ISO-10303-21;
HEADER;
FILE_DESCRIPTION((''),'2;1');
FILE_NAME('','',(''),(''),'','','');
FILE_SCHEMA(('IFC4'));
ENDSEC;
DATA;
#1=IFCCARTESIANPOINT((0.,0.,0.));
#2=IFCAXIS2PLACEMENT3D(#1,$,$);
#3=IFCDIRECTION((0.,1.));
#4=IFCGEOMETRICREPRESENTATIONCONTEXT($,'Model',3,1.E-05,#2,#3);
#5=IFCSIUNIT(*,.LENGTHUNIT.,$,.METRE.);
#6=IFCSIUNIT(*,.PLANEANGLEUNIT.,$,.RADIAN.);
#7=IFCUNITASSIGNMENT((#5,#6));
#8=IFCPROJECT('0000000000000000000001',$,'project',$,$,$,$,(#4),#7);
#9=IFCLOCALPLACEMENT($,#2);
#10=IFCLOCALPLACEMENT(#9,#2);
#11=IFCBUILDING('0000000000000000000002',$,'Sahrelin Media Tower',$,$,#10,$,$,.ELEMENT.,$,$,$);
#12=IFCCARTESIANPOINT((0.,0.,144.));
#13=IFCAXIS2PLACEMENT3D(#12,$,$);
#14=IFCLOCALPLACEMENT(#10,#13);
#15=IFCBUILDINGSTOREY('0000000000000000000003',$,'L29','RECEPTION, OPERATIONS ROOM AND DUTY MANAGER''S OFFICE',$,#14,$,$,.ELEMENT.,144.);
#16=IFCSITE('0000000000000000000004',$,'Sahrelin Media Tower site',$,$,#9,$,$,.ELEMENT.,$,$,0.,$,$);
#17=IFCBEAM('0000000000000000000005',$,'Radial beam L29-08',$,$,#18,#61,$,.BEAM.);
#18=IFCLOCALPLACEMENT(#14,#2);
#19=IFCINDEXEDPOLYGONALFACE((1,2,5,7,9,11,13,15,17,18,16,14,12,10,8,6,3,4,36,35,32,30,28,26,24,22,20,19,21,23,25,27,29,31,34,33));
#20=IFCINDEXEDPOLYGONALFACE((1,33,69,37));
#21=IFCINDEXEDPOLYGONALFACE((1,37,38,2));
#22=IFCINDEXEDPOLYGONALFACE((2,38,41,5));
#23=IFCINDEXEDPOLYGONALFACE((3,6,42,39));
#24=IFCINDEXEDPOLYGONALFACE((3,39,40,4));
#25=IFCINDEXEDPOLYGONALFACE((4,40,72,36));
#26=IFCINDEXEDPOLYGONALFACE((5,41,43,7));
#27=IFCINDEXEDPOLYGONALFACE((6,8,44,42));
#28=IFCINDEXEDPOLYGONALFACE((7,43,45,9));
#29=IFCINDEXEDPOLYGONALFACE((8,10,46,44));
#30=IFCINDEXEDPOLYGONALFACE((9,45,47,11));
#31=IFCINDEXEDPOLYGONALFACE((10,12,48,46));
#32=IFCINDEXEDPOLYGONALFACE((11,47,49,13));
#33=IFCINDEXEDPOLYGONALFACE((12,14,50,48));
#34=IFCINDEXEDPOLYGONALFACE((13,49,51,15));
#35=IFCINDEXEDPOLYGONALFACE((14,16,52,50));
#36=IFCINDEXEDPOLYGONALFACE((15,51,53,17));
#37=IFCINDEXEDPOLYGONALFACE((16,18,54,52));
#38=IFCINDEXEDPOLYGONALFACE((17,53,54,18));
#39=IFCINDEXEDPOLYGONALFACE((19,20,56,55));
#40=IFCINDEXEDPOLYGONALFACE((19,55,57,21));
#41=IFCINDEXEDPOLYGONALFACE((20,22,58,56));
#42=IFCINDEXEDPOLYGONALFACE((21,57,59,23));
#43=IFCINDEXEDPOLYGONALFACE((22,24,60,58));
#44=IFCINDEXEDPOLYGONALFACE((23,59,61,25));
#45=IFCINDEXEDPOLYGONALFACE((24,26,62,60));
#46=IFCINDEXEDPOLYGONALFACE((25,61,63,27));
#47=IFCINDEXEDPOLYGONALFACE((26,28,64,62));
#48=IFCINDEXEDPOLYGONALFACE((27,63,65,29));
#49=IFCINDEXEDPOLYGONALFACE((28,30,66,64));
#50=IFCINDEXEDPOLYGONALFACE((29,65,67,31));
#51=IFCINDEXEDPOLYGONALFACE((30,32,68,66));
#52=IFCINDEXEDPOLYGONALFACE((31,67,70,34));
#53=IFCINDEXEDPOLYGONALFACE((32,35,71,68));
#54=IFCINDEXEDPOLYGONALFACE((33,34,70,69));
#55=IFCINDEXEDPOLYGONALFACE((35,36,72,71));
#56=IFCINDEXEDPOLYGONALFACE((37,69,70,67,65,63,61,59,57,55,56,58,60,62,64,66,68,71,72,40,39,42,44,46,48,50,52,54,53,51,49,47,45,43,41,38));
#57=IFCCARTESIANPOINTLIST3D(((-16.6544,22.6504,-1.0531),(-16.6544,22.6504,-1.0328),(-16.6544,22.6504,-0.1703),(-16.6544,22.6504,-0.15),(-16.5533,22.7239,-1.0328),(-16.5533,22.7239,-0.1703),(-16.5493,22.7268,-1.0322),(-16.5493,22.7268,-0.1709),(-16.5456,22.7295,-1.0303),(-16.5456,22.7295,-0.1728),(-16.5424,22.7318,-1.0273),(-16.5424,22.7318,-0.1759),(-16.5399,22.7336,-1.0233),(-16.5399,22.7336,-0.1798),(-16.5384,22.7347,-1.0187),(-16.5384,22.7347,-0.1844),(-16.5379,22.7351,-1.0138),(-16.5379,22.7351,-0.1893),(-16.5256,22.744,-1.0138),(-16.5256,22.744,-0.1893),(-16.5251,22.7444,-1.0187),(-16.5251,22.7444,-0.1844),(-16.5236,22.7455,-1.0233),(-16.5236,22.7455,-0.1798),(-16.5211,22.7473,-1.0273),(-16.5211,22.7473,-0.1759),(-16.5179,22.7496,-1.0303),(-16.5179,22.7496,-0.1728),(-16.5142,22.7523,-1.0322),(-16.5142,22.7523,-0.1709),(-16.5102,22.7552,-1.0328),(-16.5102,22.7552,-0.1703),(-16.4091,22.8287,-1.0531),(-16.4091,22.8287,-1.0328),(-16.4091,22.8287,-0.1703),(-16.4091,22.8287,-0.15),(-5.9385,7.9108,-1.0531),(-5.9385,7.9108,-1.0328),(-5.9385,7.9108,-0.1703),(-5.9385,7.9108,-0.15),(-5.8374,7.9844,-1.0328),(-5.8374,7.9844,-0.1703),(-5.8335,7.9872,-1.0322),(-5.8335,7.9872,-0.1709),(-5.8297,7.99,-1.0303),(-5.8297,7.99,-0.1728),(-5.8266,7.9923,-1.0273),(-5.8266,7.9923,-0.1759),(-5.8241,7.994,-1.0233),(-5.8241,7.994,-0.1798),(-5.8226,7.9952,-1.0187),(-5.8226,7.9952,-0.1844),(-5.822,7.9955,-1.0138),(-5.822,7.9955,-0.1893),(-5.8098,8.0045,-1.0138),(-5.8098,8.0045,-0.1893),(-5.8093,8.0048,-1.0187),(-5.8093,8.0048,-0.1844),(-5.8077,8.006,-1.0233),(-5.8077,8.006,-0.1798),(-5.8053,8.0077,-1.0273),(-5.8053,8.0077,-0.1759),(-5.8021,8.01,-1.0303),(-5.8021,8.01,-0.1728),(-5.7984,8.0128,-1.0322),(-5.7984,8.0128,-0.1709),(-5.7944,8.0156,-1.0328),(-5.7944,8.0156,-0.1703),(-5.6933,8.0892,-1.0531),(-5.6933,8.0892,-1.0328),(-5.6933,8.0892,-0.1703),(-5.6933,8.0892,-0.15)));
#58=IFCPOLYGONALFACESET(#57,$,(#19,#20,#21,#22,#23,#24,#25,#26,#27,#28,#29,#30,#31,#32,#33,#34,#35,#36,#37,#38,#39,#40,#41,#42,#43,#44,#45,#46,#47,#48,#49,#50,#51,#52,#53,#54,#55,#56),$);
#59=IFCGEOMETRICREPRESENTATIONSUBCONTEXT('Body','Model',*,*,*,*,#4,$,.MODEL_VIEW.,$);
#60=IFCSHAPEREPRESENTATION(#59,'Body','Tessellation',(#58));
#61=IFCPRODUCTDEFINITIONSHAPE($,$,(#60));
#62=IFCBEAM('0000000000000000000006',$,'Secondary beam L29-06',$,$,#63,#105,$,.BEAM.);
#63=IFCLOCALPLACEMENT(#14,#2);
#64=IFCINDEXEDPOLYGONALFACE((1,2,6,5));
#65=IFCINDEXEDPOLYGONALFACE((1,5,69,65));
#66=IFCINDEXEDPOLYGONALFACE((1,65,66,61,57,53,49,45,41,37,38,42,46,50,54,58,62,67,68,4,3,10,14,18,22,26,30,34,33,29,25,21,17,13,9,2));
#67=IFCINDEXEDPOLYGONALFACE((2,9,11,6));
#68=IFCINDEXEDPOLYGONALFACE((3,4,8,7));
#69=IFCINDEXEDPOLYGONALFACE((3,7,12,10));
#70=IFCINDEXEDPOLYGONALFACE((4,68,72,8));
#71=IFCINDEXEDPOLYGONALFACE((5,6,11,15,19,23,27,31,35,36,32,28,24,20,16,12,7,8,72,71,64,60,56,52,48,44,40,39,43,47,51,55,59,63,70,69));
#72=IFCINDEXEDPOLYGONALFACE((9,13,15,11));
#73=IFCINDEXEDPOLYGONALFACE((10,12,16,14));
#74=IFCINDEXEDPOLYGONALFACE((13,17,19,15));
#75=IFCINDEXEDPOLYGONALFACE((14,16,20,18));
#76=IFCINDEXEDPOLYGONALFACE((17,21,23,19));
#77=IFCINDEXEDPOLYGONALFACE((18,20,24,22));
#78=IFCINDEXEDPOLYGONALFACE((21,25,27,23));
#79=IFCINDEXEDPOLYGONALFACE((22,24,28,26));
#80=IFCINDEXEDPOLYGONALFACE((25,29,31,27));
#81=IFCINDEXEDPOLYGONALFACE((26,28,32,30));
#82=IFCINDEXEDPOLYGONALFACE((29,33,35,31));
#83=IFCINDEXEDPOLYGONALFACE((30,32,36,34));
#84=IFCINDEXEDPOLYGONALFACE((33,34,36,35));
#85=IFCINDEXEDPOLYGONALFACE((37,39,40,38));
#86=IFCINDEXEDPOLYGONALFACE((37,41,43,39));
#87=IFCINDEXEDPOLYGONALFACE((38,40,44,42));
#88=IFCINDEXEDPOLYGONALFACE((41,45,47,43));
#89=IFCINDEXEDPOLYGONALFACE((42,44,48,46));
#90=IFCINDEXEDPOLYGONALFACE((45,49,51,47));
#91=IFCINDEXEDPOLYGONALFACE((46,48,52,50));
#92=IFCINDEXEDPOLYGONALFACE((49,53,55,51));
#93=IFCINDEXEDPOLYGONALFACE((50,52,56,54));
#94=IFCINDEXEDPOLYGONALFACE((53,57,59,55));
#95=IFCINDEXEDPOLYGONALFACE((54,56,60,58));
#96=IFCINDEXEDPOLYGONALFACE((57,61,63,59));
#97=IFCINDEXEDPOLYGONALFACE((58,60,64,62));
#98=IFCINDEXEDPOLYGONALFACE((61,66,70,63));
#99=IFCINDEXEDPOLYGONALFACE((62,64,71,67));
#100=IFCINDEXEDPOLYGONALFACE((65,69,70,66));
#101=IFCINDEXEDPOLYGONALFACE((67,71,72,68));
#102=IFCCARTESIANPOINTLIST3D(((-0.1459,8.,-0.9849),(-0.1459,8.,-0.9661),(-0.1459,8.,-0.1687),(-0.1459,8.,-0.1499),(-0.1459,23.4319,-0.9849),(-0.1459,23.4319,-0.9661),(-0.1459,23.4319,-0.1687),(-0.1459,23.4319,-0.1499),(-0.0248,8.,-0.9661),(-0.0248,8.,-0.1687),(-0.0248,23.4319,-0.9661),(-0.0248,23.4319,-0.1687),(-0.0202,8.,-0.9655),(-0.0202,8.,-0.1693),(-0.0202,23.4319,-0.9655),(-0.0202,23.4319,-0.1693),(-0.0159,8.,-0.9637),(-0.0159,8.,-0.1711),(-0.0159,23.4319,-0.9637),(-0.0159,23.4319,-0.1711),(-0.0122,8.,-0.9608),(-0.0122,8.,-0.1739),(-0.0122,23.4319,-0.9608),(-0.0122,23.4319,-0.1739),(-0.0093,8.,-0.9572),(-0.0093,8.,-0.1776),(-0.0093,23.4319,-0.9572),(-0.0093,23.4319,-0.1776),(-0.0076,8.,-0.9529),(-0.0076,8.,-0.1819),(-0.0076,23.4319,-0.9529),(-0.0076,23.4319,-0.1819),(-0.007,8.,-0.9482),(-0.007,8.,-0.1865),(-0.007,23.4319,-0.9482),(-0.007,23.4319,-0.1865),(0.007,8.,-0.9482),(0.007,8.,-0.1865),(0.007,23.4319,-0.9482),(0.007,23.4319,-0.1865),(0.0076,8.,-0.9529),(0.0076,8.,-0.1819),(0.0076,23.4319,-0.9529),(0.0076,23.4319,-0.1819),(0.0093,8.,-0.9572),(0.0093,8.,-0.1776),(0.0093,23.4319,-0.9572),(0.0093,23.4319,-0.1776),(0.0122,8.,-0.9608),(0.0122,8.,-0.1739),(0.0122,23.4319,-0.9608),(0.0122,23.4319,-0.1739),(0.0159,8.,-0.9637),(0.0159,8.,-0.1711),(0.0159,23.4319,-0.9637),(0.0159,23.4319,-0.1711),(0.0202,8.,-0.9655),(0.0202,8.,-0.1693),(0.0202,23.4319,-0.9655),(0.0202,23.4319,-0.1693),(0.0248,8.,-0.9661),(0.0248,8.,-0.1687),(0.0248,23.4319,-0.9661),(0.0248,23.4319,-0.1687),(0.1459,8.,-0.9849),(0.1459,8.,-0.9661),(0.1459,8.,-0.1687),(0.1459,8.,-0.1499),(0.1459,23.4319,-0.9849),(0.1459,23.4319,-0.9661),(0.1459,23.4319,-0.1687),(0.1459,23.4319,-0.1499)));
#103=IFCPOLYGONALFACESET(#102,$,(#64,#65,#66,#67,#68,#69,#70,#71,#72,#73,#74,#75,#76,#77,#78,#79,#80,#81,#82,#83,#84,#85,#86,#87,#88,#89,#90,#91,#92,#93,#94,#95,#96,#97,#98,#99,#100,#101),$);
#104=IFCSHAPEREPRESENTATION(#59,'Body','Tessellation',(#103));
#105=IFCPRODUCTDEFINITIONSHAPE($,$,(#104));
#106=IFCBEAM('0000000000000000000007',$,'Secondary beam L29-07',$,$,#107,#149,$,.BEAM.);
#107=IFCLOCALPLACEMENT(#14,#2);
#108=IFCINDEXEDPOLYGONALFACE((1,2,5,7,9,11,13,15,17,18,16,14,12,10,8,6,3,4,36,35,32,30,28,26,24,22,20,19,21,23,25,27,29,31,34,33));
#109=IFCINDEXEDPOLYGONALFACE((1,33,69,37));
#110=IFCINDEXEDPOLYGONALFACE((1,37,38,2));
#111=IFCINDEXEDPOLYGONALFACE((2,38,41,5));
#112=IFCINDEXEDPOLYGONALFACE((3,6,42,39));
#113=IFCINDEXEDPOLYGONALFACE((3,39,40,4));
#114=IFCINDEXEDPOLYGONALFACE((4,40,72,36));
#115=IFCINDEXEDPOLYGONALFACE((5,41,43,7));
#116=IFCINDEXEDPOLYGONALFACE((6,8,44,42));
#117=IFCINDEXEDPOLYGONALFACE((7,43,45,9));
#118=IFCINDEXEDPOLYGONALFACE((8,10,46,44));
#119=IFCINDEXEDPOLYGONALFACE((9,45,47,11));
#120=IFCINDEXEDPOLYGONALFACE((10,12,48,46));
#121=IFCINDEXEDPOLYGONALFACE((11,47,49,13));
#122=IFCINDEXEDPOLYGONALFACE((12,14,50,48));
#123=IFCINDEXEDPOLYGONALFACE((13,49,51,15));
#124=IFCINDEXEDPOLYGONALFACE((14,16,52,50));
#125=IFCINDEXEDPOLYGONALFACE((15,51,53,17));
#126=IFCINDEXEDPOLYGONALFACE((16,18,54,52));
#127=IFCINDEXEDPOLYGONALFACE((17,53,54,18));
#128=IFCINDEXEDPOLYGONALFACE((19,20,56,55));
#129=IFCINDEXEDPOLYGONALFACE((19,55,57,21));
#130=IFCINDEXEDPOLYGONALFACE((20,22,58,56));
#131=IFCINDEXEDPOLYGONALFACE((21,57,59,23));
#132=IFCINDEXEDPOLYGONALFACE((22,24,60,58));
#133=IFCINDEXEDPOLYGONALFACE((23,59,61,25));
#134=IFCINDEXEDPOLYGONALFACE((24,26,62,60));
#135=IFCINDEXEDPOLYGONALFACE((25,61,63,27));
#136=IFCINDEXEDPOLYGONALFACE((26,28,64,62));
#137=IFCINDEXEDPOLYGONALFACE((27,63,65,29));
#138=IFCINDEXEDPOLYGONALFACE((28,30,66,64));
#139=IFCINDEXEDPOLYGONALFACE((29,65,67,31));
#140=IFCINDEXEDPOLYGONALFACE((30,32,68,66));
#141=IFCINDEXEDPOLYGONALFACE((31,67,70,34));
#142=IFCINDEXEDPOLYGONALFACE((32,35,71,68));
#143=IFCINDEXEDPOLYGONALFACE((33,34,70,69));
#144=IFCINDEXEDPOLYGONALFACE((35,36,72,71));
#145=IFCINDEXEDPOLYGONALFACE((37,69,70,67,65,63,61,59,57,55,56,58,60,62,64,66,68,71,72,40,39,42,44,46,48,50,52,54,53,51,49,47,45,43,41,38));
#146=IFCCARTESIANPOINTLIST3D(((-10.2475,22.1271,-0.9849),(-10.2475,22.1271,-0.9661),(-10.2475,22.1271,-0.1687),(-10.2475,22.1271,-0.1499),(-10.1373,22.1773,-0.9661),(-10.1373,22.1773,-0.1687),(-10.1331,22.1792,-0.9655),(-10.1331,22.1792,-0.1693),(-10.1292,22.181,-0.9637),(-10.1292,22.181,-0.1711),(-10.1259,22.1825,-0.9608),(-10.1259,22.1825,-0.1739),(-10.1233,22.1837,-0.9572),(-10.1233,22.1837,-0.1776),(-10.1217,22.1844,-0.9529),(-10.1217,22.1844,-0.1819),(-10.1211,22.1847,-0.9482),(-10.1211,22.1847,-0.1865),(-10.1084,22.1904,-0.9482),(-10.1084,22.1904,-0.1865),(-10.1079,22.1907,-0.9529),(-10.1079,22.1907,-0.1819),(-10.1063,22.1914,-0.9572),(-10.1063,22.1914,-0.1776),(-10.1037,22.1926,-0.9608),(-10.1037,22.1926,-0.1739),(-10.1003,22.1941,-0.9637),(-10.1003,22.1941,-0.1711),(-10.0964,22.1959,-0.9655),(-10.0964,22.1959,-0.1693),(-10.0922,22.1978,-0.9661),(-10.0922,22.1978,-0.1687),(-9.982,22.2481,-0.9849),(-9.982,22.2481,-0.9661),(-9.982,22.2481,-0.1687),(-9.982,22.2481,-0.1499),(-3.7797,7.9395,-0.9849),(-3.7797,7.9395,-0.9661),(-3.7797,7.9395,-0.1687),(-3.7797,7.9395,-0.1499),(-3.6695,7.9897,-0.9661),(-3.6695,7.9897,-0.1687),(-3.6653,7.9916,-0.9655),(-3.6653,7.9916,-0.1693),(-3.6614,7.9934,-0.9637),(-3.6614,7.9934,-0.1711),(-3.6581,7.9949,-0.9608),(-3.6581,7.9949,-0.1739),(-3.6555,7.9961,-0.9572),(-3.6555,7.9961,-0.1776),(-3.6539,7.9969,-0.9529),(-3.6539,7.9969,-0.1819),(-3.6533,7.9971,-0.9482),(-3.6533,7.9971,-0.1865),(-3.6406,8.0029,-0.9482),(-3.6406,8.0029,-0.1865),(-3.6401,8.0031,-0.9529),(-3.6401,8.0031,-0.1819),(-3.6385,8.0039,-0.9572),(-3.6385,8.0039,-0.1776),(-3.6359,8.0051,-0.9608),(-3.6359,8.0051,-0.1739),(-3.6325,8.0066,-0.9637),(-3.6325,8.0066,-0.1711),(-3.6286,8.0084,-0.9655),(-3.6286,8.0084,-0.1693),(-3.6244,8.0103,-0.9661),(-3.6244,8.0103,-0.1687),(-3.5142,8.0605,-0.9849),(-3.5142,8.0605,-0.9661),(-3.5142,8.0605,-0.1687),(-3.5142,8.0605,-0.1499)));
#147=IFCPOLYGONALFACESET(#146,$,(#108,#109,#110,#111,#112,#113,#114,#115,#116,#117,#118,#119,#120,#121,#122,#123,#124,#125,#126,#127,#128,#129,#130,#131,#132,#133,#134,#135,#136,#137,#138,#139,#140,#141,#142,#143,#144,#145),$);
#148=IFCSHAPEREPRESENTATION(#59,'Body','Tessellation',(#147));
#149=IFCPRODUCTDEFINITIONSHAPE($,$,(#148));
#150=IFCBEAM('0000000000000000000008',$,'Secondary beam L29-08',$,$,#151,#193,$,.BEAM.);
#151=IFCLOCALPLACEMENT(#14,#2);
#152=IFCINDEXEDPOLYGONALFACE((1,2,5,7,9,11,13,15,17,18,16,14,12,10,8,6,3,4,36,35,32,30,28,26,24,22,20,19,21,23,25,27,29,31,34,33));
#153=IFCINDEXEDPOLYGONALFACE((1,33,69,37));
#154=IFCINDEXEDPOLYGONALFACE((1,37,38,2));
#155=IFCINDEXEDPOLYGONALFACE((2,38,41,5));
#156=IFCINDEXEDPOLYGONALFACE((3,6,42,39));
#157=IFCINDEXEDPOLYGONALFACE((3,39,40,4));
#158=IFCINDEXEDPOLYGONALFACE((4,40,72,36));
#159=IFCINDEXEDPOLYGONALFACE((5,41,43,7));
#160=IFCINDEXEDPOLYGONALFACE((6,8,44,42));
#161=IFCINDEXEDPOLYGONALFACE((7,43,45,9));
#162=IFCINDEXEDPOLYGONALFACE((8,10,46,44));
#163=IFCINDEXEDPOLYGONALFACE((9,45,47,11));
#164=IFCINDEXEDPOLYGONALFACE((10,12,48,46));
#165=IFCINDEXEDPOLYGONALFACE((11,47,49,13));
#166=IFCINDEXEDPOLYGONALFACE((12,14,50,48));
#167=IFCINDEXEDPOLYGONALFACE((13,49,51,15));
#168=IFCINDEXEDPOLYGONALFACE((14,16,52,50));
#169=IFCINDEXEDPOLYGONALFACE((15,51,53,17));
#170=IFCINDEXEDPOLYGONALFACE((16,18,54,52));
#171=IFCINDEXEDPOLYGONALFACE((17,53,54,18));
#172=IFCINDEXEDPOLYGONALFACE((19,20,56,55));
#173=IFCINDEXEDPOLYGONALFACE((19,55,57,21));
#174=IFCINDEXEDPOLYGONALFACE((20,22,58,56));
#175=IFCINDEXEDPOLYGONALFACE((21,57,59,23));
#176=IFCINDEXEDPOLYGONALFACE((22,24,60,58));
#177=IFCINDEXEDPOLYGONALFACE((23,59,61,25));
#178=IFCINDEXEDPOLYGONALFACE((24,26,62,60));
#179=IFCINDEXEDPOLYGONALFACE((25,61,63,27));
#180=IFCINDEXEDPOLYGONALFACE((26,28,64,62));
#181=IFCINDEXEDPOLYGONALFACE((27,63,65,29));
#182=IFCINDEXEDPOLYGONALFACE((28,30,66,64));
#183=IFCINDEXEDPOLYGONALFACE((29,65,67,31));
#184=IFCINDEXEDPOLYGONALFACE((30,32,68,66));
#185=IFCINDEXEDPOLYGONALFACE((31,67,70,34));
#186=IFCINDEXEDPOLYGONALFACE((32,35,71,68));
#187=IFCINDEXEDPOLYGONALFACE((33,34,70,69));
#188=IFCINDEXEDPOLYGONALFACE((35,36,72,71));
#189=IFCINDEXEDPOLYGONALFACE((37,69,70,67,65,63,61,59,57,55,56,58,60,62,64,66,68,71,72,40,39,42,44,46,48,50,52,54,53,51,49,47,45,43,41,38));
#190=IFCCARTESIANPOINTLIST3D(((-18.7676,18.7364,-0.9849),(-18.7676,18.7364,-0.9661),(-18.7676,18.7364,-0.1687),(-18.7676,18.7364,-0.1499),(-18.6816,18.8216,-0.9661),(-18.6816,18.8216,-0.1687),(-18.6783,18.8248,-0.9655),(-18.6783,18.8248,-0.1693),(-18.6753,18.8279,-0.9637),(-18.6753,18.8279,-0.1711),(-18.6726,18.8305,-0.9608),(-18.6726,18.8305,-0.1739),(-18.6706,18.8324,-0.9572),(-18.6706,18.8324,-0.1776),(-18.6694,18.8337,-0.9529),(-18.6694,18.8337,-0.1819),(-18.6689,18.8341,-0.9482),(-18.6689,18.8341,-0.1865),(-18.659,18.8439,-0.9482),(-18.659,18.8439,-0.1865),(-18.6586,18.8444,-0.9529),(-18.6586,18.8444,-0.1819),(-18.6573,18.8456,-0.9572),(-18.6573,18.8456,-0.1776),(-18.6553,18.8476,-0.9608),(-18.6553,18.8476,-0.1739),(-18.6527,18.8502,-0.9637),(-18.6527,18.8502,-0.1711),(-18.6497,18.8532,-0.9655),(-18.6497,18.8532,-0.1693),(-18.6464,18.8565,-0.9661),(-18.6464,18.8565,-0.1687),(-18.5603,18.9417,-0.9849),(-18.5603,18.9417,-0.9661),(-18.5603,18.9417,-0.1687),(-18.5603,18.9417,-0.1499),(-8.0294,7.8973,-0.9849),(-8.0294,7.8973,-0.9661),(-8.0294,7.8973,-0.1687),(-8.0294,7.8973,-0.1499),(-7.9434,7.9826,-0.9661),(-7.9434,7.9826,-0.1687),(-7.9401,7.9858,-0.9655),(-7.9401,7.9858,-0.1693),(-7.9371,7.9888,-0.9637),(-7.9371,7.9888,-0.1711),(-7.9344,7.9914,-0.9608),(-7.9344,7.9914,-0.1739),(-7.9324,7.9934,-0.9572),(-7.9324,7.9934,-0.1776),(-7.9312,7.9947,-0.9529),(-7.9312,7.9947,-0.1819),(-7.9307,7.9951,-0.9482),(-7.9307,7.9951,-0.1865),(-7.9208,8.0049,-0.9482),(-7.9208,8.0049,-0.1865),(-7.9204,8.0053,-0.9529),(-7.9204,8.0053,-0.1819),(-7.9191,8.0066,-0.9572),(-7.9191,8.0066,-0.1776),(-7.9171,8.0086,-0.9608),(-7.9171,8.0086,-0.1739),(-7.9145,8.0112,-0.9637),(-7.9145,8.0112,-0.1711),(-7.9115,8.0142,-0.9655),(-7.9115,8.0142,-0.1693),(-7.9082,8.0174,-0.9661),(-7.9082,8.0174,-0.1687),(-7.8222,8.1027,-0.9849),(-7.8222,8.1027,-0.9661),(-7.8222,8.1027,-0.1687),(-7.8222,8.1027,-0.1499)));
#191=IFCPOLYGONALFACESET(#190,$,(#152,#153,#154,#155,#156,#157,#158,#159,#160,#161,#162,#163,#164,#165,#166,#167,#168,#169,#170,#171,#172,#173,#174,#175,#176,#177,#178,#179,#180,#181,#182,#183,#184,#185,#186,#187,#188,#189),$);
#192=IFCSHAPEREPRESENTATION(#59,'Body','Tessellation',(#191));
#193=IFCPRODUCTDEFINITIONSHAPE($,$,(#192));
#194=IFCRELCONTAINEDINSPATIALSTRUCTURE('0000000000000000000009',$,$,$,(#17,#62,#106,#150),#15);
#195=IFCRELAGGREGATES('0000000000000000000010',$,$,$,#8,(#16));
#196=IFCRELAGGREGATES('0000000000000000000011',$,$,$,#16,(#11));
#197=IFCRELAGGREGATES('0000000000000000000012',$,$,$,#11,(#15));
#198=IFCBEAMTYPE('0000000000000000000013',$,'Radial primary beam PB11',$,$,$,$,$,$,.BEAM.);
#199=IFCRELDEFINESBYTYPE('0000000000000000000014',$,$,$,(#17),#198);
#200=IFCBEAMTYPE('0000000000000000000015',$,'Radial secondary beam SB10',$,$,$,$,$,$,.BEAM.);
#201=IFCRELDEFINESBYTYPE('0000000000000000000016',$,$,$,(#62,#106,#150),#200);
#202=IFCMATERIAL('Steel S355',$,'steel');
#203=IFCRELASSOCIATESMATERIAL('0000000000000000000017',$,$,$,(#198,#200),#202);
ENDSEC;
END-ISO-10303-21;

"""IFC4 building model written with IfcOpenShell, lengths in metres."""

from ifc_helpers import new_model, si_unit, direction, frame, origin, origin_2d, place, context, subcontext, project, spatial, i_section, extrude, material, material_profile, profile_set, type_object, element, save


model = new_model("IFC4")

# Units and contexts
model_context = context("Model", 3, precision=1e-05, world=origin(), true_north=direction((0.0, 1.0)))
body_context = subcontext(model_context, "Body", "Model", "MODEL_VIEW")
ifc_project = project(units=[si_unit("LENGTHUNIT", "METRE"), si_unit("PLANEANGLEUNIT", "RADIAN")], contexts=[model_context])

# Site, building, storey
site_placement = place(None, origin())
site = spatial("IfcSite", under=ifc_project, at=site_placement, Name="Sahrelin Media Tower site", CompositionType="ELEMENT", RefElevation=0.0)
building_placement = place(site_placement, origin())
building = spatial("IfcBuilding", under=site, at=building_placement, Name="Sahrelin Media Tower", CompositionType="ELEMENT")
storey_placement = place(building_placement, frame((0.0, 0.0, 144.0)))
storey = spatial("IfcBuildingStorey", under=building, at=storey_placement, Name="L29", Description="RECEPTION, OPERATIONS ROOM AND DUTY MANAGER'S OFFICE", CompositionType="ELEMENT", Elevation=144.0)

# Shared definitions
ifc_material_1 = material(Name="Steel S355", Category="steel")

# Beams
ifc_material_profile_1 = material_profile(ifc_material_1, i_section(OverallWidth=0.3032, OverallDepth=0.9031, WebThickness=0.0151, FlangeThickness=0.0203, FilletRadius=0.019, at=origin_2d()), Name="UB 914x305x201")
ifc_profile_set_1 = profile_set([ifc_material_profile_1], Name="Steel S355")
beam_type_1 = type_object("IfcBeamType", Name="Radial primary beam PB11", PredefinedType="BEAM", material=ifc_profile_set_1)
beam_1_placement = place(storey_placement, frame((-5.8159, 8.0, -0.6016), z_axis=(-0.588035, 0.808836, 0.0), x_axis=(-0.808836, -0.588035, 0.0)))
element("IfcBeam", 1, at=beam_1_placement, inside=storey, type_object=beam_type_1, Name="Radial beam L29-08", PredefinedType="BEAM", context=body_context, shape_type="SweptSolid", body=[
    extrude(i_section(OverallWidth=0.3032, OverallDepth=0.9031, WebThickness=0.0151, FlangeThickness=0.0203, FilletRadius=0.019, at=origin_2d()), origin(), (0.0, 0.0, 1.0), 18.2231),
])
ifc_material_profile_2 = material_profile(ifc_material_1, i_section(OverallWidth=0.2917, OverallDepth=0.835, WebThickness=0.0139, FlangeThickness=0.0188, FilletRadius=0.0178, at=origin_2d()), Name="UB 838x292x176")
ifc_profile_set_2 = profile_set([ifc_material_profile_2], Name="Steel S355")
beam_type_2 = type_object("IfcBeamType", Name="Radial secondary beam SB10", PredefinedType="BEAM", material=ifc_profile_set_2)
beam_2_placement = place(storey_placement, frame((0.0, 8.0, -0.5674), z_axis=(0.0, 1.0, 0.0), x_axis=(-1.0, 0.0, 0.0)))
element("IfcBeam", 2, at=beam_2_placement, inside=storey, type_object=beam_type_2, Name="Secondary beam L29-06", PredefinedType="BEAM", context=body_context, shape_type="SweptSolid", body=[
    extrude(i_section(OverallWidth=0.2917, OverallDepth=0.835, WebThickness=0.0139, FlangeThickness=0.0188, FilletRadius=0.0178, at=origin_2d()), origin(), (0.0, 0.0, 1.0), 15.4319),
])
beam_3_placement = place(storey_placement, frame((-3.647, 8.0, -0.5674), z_axis=(-0.414808, 0.909909, 0.0), x_axis=(-0.909909, -0.414808, 0.0)))
element("IfcBeam", 3, at=beam_3_placement, inside=storey, type_object=beam_type_2, Name="Secondary beam L29-07", PredefinedType="BEAM", context=body_context, shape_type="SweptSolid", body=[
    extrude(i_section(OverallWidth=0.2917, OverallDepth=0.835, WebThickness=0.0139, FlangeThickness=0.0188, FilletRadius=0.0178, at=origin_2d()), origin(), (0.0, 0.0, 1.0), 15.5923),
])
beam_4_placement = place(storey_placement, frame((-7.9258, 8.0, -0.5674), z_axis=(-0.703795, 0.710403, 0.0), x_axis=(-0.710403, -0.703795, 0.0)))
element("IfcBeam", 4, at=beam_4_placement, inside=storey, type_object=beam_type_2, Name="Secondary beam L29-08", PredefinedType="BEAM", context=body_context, shape_type="SweptSolid", body=[
    extrude(i_section(OverallWidth=0.2917, OverallDepth=0.835, WebThickness=0.0139, FlangeThickness=0.0188, FilletRadius=0.0178, at=origin_2d()), origin(), (0.0, 0.0, 1.0), 15.2576),
])

save(model, "model.ifc")
